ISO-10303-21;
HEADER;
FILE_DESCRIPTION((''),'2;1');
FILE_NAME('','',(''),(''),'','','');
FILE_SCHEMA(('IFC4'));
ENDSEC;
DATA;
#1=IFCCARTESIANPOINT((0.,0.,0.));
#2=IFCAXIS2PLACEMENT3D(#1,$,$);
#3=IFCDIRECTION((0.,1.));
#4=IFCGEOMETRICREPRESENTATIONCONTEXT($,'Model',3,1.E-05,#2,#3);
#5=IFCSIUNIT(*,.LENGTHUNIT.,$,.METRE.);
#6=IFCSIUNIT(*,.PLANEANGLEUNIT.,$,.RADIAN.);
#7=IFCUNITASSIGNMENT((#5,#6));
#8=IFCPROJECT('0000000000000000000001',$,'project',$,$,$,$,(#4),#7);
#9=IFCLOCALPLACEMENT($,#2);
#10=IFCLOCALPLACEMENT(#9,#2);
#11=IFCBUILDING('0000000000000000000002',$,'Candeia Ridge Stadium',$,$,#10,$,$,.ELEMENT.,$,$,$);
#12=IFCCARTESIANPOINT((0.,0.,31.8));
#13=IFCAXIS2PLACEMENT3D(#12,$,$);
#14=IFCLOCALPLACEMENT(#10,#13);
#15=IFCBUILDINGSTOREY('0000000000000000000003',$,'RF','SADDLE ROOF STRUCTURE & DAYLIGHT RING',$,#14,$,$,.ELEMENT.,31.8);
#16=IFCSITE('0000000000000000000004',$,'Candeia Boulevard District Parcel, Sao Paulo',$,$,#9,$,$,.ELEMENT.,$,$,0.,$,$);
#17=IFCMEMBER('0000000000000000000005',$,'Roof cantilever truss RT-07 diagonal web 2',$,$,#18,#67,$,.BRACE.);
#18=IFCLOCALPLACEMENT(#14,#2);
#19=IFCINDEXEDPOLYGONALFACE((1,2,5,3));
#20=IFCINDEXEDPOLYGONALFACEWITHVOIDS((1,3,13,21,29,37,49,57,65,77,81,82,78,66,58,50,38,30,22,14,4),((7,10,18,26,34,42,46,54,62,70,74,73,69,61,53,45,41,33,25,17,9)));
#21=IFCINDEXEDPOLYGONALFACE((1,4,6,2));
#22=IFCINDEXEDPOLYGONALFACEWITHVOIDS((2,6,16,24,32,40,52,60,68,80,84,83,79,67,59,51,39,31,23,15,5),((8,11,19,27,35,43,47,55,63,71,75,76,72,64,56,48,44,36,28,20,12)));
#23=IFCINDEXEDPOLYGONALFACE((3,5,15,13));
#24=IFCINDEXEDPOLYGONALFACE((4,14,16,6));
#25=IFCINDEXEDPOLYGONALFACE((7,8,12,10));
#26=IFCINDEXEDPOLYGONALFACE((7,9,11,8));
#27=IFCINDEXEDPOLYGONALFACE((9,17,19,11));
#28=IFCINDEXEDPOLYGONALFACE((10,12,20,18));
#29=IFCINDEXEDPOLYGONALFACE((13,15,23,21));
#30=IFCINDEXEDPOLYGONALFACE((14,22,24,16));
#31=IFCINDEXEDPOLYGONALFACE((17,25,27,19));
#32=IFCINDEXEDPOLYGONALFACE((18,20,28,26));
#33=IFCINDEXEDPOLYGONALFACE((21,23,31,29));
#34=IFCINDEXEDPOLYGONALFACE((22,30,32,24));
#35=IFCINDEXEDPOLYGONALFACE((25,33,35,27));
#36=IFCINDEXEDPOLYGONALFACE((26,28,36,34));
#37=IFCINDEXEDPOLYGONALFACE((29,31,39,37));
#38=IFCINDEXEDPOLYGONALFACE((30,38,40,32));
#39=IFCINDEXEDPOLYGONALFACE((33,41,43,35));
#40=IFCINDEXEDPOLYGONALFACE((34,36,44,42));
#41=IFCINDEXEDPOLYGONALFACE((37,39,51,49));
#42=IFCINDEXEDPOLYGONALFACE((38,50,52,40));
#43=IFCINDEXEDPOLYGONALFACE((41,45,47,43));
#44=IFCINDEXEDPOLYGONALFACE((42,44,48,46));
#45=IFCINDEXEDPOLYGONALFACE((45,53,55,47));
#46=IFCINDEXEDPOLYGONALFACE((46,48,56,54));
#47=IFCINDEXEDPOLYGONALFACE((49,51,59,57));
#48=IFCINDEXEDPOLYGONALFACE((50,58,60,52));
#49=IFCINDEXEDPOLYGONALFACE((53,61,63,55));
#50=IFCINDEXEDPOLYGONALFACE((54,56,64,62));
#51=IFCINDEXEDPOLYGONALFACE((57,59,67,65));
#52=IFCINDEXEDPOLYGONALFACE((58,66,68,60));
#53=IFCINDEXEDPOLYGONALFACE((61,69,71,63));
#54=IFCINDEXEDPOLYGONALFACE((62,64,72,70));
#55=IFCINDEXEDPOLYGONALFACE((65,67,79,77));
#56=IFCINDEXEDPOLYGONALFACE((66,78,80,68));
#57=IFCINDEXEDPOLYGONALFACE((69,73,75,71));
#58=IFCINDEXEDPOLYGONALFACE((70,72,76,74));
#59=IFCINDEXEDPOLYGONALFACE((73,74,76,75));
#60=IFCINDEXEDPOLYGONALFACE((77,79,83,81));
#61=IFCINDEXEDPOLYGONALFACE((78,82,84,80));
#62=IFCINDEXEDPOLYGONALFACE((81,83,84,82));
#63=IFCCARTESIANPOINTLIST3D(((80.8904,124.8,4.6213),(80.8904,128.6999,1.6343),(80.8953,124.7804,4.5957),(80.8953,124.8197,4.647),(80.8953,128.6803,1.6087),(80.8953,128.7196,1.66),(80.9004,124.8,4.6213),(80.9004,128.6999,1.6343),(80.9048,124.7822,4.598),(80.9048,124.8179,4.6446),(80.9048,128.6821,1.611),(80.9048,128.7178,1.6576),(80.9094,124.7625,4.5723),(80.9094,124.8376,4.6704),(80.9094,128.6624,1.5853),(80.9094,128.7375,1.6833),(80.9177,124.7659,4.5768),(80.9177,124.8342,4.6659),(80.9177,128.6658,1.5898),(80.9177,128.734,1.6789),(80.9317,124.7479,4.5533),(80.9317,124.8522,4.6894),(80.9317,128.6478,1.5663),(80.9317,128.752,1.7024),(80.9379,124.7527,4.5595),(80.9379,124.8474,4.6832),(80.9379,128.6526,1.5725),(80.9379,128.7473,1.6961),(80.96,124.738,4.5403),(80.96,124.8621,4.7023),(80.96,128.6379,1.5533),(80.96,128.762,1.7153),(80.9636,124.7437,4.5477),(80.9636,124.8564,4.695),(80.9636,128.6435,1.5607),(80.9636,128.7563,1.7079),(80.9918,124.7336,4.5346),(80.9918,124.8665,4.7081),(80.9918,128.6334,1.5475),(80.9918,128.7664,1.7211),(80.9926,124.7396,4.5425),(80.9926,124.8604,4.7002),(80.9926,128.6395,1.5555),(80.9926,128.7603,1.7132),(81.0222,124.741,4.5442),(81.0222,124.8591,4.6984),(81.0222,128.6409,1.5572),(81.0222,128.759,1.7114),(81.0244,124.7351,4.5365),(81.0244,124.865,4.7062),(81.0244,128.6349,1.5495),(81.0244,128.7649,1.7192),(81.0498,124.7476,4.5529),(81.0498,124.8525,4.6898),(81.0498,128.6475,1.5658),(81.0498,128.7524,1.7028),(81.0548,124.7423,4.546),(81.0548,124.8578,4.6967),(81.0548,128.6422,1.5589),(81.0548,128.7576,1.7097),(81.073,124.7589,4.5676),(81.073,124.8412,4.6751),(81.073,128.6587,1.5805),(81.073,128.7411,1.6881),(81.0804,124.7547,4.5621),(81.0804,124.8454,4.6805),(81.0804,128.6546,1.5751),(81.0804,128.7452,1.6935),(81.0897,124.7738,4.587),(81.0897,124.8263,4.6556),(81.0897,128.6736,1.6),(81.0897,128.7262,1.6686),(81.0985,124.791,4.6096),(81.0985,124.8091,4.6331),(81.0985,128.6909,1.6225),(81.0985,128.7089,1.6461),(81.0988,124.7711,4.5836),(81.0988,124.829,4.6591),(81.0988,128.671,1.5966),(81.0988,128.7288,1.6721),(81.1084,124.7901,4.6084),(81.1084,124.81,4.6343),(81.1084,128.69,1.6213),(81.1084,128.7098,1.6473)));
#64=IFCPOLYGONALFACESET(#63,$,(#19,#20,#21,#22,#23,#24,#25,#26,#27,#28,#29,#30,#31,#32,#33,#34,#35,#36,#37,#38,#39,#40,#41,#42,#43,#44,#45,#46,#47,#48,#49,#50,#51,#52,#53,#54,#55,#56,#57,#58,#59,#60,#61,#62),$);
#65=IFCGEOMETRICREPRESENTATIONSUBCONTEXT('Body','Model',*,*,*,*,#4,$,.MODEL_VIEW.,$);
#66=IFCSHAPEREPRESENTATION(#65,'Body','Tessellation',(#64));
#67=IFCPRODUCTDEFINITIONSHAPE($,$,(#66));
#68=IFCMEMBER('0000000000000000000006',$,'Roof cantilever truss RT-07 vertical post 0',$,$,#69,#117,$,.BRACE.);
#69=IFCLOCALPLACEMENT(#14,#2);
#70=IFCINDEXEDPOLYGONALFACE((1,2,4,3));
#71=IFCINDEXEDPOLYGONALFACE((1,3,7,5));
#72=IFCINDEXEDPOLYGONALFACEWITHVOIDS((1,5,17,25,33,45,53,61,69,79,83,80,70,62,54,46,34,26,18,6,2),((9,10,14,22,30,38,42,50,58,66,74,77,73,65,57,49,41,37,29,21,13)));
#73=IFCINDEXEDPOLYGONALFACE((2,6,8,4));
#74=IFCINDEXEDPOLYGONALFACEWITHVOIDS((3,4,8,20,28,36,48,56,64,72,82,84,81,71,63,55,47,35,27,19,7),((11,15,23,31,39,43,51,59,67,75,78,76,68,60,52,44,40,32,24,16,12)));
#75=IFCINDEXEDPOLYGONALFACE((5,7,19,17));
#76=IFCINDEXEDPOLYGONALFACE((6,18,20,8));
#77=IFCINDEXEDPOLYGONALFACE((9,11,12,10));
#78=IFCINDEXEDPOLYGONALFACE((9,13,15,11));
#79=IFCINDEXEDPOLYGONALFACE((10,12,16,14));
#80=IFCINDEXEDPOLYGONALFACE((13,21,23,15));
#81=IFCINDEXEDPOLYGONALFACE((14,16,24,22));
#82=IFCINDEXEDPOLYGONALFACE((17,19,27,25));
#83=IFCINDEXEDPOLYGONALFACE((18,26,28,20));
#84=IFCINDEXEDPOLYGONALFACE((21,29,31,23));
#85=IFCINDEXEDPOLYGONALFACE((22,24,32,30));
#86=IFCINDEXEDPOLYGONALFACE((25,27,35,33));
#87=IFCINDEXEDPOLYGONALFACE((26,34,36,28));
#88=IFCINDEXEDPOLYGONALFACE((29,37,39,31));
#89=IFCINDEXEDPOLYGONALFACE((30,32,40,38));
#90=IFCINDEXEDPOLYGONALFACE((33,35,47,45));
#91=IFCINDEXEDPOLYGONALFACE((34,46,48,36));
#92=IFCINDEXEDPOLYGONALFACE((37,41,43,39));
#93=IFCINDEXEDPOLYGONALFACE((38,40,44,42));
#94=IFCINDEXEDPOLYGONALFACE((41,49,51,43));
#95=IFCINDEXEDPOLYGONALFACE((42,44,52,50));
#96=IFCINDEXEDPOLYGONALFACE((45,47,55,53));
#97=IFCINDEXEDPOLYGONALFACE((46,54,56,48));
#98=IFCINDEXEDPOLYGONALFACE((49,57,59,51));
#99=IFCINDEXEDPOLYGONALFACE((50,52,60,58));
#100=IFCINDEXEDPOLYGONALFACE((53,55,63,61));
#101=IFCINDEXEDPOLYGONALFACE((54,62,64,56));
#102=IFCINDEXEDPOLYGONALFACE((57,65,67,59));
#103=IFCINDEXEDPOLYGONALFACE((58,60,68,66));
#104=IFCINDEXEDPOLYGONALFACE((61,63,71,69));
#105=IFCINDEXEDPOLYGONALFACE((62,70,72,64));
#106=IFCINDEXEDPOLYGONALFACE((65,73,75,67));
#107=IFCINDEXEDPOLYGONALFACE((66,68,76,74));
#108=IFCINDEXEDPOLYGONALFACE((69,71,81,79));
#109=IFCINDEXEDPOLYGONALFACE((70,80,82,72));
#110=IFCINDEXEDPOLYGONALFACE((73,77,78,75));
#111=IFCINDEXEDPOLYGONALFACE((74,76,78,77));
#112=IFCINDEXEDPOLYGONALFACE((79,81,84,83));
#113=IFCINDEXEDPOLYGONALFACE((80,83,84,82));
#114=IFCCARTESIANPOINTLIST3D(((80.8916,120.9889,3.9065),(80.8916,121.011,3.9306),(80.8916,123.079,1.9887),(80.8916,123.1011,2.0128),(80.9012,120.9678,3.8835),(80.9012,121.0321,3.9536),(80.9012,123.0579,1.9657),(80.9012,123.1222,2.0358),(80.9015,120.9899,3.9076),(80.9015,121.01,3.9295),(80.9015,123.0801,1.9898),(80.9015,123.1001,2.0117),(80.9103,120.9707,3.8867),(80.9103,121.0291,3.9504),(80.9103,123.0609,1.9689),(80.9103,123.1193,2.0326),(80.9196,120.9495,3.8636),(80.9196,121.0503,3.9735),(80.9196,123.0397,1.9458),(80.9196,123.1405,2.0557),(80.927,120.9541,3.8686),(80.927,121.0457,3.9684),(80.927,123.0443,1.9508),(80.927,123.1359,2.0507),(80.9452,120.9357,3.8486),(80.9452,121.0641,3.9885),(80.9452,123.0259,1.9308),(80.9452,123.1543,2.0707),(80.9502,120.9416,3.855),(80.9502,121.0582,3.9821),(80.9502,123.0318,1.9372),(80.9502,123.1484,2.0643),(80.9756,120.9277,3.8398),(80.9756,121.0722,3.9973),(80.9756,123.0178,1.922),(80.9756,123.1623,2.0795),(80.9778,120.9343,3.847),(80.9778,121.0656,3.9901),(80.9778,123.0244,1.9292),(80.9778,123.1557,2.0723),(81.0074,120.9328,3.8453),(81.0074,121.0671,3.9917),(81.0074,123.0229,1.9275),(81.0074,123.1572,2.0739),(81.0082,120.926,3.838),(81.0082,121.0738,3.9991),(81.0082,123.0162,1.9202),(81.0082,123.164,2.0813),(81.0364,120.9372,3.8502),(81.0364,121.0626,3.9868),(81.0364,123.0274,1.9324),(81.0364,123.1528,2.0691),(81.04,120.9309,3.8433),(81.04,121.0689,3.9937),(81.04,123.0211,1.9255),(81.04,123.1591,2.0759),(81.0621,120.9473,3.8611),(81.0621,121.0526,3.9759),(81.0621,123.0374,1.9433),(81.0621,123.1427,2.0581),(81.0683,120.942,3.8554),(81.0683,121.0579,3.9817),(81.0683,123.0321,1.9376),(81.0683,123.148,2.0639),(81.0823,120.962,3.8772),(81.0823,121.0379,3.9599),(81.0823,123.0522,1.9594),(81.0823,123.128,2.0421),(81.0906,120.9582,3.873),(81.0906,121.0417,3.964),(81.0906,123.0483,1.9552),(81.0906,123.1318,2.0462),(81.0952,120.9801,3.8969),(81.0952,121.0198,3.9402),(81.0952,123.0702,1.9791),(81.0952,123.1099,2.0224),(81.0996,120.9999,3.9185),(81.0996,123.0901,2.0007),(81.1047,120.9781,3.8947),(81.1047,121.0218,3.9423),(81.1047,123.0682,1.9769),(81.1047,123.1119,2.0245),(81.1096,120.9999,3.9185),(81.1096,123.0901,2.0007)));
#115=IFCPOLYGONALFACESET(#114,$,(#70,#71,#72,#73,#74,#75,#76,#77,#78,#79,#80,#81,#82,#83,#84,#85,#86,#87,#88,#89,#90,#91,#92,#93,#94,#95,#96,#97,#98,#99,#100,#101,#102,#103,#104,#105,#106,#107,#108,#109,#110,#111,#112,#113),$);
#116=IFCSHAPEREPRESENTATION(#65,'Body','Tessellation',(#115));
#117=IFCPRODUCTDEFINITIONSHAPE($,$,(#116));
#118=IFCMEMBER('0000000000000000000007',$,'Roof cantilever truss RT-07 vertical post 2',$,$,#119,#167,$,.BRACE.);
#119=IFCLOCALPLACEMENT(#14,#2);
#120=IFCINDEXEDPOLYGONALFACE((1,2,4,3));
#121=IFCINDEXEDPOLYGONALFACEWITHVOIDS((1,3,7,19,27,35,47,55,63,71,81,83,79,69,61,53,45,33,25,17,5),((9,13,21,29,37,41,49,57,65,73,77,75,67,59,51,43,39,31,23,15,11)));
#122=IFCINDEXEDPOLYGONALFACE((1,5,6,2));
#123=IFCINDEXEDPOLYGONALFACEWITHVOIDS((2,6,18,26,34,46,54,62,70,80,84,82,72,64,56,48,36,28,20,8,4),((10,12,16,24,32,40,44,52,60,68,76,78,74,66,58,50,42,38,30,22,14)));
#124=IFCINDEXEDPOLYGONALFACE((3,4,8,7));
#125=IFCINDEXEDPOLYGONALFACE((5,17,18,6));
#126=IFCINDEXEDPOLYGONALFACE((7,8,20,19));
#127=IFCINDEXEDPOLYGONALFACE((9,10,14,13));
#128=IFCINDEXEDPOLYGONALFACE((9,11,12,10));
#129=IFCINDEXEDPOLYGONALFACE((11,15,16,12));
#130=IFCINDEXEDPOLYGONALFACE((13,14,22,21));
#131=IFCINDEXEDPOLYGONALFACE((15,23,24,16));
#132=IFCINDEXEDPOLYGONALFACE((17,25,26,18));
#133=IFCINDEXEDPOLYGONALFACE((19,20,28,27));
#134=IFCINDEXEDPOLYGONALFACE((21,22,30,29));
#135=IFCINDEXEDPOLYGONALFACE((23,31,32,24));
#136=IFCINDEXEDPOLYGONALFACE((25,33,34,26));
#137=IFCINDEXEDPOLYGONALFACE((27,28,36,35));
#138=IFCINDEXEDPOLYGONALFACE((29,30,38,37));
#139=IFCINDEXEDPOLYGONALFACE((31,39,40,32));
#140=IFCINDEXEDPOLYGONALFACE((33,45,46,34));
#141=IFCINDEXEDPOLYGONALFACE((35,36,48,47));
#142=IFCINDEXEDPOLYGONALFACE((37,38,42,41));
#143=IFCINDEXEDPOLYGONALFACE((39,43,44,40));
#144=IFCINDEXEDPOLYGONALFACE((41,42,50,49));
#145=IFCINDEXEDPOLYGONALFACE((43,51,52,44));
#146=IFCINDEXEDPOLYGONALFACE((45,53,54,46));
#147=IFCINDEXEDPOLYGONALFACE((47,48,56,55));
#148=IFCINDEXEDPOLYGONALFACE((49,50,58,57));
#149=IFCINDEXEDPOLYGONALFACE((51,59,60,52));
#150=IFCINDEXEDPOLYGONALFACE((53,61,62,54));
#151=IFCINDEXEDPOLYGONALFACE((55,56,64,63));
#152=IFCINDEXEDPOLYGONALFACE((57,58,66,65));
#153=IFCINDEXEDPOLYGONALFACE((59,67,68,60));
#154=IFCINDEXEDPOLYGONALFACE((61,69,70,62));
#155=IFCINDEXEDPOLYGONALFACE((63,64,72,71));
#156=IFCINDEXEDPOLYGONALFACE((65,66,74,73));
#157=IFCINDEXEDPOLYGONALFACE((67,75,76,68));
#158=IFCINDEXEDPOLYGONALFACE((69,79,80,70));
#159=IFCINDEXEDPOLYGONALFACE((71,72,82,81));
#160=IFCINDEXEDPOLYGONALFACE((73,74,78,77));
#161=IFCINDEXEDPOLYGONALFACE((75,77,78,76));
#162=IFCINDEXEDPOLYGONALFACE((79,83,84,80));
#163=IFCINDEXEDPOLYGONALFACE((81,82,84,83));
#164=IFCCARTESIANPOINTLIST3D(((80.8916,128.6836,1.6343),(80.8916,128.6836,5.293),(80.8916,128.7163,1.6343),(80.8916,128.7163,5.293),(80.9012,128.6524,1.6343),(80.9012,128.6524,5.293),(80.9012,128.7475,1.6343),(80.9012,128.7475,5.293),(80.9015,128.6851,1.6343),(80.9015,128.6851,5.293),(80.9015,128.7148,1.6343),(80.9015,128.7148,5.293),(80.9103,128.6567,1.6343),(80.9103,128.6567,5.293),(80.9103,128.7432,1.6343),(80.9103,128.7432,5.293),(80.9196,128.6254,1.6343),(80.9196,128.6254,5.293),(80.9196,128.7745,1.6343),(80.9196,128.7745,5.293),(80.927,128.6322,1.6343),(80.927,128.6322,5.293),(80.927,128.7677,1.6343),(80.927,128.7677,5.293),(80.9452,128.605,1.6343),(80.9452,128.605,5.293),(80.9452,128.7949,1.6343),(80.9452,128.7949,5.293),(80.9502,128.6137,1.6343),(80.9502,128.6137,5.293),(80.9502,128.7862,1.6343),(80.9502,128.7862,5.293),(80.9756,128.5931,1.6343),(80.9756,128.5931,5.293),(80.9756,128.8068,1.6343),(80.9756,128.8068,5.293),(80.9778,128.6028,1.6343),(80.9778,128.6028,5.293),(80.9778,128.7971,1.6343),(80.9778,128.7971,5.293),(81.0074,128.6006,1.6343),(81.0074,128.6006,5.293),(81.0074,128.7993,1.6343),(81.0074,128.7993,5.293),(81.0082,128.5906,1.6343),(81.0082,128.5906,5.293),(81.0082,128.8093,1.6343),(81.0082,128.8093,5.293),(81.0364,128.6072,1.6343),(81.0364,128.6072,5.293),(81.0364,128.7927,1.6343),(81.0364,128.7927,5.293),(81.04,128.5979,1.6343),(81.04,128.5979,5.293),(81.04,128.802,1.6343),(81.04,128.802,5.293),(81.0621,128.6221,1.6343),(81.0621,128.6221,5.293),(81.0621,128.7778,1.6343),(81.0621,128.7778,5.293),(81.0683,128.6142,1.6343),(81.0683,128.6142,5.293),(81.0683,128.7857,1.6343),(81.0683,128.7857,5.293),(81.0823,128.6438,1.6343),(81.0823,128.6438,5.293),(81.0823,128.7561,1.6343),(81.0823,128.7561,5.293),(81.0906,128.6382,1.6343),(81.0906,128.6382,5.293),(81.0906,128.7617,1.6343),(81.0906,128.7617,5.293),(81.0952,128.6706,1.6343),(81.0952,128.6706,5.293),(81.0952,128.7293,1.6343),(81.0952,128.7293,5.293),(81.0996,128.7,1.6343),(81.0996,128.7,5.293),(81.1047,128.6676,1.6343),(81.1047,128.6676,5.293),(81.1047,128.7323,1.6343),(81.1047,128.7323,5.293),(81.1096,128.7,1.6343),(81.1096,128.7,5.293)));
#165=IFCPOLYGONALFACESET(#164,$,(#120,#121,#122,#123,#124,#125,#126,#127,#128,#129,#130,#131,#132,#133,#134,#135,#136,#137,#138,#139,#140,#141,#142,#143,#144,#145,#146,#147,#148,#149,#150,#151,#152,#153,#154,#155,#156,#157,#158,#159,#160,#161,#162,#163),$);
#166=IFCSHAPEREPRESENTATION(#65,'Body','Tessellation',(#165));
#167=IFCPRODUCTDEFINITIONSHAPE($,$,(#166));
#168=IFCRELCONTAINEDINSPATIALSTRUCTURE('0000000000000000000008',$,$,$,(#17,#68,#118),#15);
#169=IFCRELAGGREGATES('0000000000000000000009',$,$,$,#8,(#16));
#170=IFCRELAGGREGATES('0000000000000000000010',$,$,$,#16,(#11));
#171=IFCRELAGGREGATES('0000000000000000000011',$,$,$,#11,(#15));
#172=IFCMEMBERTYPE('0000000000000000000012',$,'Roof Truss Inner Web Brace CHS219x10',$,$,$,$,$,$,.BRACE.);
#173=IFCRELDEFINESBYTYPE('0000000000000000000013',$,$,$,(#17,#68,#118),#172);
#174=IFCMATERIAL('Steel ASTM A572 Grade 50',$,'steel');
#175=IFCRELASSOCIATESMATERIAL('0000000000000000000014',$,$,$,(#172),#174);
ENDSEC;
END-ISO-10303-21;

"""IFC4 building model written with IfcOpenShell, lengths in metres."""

from ifc_helpers import new_model, si_unit, direction, frame, origin, origin_2d, place, context, subcontext, project, spatial, hollow_circle, extrude, material, material_profile, profile_set, type_object, element, save


model = new_model("IFC4")

# Units and contexts
model_context = context("Model", 3, precision=1e-05, world=origin(), true_north=direction((0.0, 1.0)))
body_context = subcontext(model_context, "Body", "Model", "MODEL_VIEW")
ifc_project = project(units=[si_unit("LENGTHUNIT", "METRE"), si_unit("PLANEANGLEUNIT", "RADIAN")], contexts=[model_context])

# Site, building, storey
site_placement = place(None, origin())
site = spatial("IfcSite", under=ifc_project, at=site_placement, Name="Candeia Boulevard District Parcel, Sao Paulo", CompositionType="ELEMENT", RefElevation=0.0)
building_placement = place(site_placement, origin())
building = spatial("IfcBuilding", under=site, at=building_placement, Name="Candeia Ridge Stadium", CompositionType="ELEMENT")
storey_placement = place(building_placement, frame((0.0, 0.0, 31.8)))
storey = spatial("IfcBuildingStorey", under=building, at=storey_placement, Name="RF", Description="SADDLE ROOF STRUCTURE & DAYLIGHT RING", CompositionType="ELEMENT", Elevation=31.8)

# Shared definitions
ifc_material_1 = material(Name="Steel ASTM A572 Grade 50", Category="steel")

# Members
ifc_material_profile_1 = material_profile(ifc_material_1, hollow_circle(Radius=0.1096, WallThickness=0.01, at=origin_2d()), Name="CHS219x10", Category="steel")
ifc_profile_set_1 = profile_set([ifc_material_profile_1], Name="Steel ASTM A572 Grade 50")
member_type_1 = type_object("IfcMemberType", Name="Roof Truss Inner Web Brace CHS219x10", PredefinedType="BRACE", material=ifc_profile_set_1)
member_1_placement = place(storey_placement, frame((81.0, 124.8, 4.6213), z_axis=(0.0, 0.793888, -0.608064), x_axis=(-1.0, 0.0, 0.0)))
element("IfcMember", 1, at=member_1_placement, inside=storey, type_object=member_type_1, Name="Roof cantilever truss RT-07 diagonal web 2", PredefinedType="BRACE", context=body_context, shape_type="SweptSolid", body=[
    extrude(hollow_circle(Radius=0.1096, WallThickness=0.01, at=origin_2d()), origin(), (0.0, 0.0, 1.0), 4.9124),
])
member_2_placement = place(storey_placement, frame((81.0, 123.0901, 2.0007), z_axis=(0.0, -0.736836, 0.676071), x_axis=(1.0, 0.0, 0.0)))
element("IfcMember", 2, at=member_2_placement, inside=storey, type_object=member_type_1, Name="Roof cantilever truss RT-07 vertical post 0", PredefinedType="BRACE", context=body_context, shape_type="SweptSolid", body=[
    extrude(hollow_circle(Radius=0.1096, WallThickness=0.01, at=origin_2d()), origin(), (0.0, 0.0, 1.0), 2.8367),
])
member_3_placement = place(storey_placement, frame((81.0, 128.7, 1.6343), z_axis=(0.0, 0.0, 1.0), x_axis=(1.0, 0.0, 0.0)))
element("IfcMember", 3, at=member_3_placement, inside=storey, type_object=member_type_1, Name="Roof cantilever truss RT-07 vertical post 2", PredefinedType="BRACE", context=body_context, shape_type="SweptSolid", body=[
    extrude(hollow_circle(Radius=0.1096, WallThickness=0.01, at=origin_2d()), origin(), (0.0, 0.0, 1.0), 3.6587),
])

save(model, "model.ifc")
